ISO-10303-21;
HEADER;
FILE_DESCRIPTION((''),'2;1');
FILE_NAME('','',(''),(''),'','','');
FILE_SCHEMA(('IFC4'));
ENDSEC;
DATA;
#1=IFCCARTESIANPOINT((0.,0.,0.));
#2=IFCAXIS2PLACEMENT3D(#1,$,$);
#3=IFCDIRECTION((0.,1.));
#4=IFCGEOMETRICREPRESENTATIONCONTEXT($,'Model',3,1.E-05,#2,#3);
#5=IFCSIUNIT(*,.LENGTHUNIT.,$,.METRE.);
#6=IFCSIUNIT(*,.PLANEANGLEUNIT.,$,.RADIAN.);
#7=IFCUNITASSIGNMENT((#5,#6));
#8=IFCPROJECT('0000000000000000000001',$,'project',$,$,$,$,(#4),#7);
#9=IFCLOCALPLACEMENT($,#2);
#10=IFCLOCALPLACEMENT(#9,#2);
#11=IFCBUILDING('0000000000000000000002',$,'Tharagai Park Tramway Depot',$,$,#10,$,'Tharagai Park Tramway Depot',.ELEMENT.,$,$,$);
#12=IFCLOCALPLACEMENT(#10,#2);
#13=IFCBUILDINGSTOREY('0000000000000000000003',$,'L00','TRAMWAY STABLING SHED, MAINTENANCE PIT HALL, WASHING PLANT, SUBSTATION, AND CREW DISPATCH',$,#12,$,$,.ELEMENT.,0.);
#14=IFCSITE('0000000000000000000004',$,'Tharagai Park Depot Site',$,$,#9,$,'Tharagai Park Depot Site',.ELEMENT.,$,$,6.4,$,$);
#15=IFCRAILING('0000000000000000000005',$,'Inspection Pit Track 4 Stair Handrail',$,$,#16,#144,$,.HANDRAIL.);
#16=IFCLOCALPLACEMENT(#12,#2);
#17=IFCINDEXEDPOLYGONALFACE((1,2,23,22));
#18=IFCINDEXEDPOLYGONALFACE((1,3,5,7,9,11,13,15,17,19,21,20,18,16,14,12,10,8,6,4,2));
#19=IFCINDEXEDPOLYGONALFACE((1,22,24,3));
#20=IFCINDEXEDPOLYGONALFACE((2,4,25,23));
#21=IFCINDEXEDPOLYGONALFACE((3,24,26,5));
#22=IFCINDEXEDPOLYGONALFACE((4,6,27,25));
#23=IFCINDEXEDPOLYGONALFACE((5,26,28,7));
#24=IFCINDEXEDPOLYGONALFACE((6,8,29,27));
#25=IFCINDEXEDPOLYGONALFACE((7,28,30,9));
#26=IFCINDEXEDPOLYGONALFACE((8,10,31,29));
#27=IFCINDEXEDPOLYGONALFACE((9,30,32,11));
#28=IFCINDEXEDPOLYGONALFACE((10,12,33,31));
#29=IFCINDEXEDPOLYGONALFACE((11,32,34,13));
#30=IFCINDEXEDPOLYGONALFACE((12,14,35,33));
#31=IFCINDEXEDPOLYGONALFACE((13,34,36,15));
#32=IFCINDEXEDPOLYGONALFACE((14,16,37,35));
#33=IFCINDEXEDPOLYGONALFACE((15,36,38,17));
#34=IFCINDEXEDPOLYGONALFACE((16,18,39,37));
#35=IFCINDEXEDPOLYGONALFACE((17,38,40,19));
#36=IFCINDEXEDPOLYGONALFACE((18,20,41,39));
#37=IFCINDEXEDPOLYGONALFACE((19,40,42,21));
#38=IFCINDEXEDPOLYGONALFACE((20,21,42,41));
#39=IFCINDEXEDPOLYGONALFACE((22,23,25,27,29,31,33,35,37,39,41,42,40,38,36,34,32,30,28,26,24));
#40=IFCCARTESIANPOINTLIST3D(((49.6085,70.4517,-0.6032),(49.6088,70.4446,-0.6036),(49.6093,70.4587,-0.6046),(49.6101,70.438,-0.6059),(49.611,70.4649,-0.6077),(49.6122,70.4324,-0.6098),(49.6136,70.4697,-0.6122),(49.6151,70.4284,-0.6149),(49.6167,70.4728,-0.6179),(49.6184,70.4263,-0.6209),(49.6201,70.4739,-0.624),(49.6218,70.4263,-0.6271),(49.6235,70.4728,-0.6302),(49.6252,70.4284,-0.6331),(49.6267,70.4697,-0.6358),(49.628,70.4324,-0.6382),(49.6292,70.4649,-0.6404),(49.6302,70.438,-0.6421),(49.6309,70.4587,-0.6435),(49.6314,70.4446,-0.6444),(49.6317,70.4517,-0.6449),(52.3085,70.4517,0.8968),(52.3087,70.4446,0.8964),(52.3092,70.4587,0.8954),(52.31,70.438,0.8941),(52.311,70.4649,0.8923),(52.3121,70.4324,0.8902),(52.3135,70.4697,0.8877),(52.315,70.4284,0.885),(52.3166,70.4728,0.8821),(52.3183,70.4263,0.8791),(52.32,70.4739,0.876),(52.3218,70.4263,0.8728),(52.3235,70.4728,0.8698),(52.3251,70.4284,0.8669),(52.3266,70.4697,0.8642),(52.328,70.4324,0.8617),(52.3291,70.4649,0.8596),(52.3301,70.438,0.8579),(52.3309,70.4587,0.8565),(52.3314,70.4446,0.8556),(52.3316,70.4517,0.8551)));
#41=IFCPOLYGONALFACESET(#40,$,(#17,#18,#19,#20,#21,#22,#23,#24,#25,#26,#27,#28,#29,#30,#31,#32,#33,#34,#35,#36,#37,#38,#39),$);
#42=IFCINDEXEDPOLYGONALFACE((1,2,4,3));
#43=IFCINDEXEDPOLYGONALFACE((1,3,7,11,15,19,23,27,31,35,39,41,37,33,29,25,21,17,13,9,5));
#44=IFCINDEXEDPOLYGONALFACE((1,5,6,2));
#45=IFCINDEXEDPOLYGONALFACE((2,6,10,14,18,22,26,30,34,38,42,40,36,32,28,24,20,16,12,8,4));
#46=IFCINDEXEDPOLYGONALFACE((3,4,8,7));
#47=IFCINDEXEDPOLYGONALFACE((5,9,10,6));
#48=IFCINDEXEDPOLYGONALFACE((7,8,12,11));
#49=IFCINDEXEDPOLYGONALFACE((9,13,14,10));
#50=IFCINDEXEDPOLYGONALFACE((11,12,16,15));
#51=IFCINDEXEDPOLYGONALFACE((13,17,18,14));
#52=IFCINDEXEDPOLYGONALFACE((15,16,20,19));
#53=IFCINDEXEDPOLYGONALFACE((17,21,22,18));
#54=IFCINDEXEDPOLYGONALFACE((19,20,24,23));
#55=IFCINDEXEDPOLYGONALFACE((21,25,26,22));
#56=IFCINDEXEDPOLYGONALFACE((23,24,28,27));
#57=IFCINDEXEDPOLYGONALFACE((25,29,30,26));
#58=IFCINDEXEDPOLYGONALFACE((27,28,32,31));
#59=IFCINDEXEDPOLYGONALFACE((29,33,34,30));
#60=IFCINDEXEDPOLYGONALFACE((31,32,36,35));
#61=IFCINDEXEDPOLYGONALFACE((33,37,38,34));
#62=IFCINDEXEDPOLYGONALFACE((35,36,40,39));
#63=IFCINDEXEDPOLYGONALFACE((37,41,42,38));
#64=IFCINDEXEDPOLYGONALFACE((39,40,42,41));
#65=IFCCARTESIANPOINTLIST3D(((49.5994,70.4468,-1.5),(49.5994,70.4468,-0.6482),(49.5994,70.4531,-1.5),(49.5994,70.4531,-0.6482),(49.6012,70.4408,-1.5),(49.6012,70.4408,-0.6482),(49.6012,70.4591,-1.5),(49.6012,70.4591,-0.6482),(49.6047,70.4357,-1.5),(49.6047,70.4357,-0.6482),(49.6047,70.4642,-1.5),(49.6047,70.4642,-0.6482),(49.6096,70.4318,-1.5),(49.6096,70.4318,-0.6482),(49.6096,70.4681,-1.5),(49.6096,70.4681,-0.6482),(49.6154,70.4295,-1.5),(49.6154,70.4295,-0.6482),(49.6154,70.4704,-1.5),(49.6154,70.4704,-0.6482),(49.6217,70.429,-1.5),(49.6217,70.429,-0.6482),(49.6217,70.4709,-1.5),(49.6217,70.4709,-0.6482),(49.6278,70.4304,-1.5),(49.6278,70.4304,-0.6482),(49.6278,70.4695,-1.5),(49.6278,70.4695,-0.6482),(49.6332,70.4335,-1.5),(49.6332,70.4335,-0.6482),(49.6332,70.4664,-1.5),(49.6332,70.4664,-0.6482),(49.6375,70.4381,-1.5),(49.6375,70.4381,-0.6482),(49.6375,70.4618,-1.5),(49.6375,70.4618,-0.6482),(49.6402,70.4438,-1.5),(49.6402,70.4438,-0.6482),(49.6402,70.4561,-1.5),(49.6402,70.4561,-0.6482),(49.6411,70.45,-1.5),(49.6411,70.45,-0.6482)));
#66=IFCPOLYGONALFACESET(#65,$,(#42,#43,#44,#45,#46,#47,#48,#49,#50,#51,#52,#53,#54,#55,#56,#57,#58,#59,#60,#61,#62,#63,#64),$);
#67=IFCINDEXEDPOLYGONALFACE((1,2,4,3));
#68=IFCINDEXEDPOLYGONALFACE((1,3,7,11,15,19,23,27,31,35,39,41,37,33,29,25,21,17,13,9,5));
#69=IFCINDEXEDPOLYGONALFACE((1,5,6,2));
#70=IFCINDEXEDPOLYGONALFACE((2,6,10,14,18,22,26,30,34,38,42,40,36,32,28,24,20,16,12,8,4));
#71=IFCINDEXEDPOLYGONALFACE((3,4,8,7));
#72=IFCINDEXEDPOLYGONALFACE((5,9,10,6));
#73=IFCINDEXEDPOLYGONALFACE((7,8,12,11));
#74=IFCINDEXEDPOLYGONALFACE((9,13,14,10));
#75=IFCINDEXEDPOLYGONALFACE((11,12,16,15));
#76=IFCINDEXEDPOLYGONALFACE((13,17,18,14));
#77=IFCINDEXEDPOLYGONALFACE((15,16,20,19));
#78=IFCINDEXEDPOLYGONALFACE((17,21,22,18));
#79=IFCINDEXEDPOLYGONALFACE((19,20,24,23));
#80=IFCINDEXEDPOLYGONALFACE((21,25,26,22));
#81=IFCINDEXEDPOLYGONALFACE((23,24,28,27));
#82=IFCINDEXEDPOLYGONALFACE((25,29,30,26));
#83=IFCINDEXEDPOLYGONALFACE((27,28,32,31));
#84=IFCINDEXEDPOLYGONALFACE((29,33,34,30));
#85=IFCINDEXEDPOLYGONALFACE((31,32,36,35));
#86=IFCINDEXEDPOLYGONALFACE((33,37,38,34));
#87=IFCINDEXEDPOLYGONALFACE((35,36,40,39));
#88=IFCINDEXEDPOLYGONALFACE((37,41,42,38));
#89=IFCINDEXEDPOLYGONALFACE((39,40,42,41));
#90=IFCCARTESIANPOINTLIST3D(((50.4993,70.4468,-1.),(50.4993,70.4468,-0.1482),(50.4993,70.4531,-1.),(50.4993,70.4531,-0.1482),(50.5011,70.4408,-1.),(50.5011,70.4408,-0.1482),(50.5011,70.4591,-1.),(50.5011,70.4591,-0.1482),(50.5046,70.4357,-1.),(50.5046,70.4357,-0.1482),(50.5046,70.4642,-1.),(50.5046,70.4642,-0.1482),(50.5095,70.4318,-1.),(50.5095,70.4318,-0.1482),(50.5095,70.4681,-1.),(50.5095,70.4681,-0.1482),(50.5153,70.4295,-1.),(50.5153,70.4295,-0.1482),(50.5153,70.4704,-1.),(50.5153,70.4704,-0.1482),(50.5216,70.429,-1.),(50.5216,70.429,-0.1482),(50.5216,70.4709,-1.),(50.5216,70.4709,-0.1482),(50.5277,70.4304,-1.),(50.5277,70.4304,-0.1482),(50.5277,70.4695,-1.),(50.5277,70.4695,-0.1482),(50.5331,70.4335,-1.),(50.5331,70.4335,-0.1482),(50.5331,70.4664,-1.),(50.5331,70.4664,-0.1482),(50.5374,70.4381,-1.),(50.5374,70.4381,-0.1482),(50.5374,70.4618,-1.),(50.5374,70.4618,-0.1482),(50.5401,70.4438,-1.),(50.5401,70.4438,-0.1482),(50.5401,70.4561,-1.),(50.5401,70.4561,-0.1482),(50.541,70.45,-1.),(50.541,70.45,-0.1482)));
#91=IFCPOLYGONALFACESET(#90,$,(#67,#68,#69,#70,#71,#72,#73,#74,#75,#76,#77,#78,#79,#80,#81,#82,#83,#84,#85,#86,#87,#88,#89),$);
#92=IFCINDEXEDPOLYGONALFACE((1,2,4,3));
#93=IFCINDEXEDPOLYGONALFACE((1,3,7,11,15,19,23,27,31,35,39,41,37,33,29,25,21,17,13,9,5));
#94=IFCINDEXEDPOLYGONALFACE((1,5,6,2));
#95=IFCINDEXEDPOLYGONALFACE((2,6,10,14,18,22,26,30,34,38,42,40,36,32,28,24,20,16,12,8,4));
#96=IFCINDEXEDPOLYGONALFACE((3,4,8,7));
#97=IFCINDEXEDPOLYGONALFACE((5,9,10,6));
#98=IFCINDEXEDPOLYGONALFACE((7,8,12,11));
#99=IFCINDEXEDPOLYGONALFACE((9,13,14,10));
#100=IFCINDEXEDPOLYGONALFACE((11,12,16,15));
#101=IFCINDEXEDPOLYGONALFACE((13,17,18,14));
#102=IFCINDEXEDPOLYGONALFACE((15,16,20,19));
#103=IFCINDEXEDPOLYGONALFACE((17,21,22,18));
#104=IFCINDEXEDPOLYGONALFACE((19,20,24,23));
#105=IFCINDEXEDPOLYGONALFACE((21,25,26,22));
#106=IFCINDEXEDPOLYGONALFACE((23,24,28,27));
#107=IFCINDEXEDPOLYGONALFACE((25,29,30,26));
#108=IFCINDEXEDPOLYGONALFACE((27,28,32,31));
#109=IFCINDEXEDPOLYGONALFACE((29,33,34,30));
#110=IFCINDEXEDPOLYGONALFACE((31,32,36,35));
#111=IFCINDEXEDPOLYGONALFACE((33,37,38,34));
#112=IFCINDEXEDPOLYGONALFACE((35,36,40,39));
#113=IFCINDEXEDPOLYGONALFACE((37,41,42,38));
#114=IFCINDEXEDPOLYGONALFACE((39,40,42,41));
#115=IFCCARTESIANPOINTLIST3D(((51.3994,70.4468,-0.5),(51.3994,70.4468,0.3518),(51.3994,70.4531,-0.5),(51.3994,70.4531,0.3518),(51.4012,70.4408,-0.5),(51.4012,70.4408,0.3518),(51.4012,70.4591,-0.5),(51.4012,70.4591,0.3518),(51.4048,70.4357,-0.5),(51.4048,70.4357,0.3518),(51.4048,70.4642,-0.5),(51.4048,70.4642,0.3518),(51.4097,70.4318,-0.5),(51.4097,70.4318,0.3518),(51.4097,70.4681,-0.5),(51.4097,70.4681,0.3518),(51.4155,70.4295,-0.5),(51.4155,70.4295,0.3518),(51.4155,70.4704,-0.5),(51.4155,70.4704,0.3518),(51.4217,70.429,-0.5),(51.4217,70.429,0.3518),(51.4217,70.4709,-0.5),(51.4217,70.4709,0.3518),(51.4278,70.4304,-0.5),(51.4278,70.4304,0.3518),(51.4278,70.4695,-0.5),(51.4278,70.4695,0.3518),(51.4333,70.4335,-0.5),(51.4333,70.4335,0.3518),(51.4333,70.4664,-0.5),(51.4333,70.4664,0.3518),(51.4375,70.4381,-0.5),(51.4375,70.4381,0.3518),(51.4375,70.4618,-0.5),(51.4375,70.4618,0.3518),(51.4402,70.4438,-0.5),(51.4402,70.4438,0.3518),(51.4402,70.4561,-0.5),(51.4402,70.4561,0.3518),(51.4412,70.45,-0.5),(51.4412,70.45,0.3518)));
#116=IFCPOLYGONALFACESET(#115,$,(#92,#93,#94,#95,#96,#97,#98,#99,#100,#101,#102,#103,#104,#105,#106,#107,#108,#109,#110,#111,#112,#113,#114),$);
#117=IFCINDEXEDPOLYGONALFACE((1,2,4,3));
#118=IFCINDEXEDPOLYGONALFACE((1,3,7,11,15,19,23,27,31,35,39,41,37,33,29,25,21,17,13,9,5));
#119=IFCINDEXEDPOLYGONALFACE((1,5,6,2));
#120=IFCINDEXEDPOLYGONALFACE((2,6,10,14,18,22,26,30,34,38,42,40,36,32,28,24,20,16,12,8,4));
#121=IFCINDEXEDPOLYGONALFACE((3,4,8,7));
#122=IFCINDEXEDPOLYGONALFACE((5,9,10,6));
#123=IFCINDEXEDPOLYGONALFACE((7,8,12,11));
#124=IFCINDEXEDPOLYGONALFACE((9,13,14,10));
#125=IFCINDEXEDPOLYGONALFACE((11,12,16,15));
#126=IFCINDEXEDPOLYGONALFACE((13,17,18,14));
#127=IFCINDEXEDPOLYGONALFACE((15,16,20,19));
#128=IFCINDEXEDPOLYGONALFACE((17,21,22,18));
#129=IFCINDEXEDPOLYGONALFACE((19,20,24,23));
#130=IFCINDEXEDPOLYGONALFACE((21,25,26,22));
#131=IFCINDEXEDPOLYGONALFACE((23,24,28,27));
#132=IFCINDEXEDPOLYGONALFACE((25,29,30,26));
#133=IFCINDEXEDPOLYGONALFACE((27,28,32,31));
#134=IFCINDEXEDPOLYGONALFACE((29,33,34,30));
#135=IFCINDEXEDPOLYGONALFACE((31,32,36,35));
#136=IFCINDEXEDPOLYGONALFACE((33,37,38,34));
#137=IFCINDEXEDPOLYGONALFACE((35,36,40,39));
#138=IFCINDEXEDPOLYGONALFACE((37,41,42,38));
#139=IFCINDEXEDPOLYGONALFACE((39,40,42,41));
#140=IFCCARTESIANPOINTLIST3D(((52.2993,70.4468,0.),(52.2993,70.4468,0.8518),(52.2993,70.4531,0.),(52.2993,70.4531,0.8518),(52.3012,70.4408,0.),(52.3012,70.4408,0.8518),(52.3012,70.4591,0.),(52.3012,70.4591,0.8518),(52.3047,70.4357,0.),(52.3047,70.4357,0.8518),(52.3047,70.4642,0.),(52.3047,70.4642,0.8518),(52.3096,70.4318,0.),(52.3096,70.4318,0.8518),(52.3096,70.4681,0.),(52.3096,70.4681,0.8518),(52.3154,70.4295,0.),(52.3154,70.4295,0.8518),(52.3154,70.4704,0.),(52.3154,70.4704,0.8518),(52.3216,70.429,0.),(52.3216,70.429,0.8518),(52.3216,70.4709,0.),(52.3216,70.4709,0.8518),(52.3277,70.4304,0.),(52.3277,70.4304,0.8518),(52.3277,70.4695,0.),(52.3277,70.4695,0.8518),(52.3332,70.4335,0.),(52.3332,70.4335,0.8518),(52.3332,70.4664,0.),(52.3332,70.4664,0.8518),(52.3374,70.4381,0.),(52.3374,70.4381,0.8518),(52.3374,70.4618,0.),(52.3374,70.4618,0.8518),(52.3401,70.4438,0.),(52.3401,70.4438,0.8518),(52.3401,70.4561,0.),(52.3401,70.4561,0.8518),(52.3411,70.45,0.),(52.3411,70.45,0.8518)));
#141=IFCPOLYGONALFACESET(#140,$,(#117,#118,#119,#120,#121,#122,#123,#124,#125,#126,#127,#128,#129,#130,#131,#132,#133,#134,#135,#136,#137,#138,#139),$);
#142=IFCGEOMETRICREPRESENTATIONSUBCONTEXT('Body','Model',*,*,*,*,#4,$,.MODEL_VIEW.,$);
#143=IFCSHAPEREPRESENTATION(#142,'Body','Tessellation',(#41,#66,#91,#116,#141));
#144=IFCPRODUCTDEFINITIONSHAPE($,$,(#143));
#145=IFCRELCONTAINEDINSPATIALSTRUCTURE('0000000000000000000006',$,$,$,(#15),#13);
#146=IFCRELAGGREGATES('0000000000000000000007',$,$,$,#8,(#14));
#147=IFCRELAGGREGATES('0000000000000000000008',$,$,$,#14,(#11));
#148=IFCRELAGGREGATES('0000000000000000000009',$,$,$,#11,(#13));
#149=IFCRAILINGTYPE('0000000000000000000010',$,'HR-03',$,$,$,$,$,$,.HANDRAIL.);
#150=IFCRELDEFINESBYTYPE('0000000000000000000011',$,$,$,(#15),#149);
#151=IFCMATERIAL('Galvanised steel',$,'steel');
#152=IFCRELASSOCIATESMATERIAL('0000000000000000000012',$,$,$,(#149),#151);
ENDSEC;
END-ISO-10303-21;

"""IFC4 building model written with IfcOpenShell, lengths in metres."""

from ifc_helpers import new_model, si_unit, direction, frame, origin, origin_2d, place, context, subcontext, project, spatial, circle, extrude, material, type_object, element, save


model = new_model("IFC4")

# Units and contexts
model_context = context("Model", 3, precision=1e-05, world=origin(), true_north=direction((0.0, 1.0)))
body_context = subcontext(model_context, "Body", "Model", "MODEL_VIEW")
ifc_project = project(units=[si_unit("LENGTHUNIT", "METRE"), si_unit("PLANEANGLEUNIT", "RADIAN")], contexts=[model_context])

# Site, building, storey
site_placement = place(None, origin())
site = spatial("IfcSite", under=ifc_project, at=site_placement, Name="Tharagai Park Depot Site", LongName="Tharagai Park Depot Site", CompositionType="ELEMENT", RefElevation=6.4)
building_placement = place(site_placement, origin())
building = spatial("IfcBuilding", under=site, at=building_placement, Name="Tharagai Park Tramway Depot", LongName="Tharagai Park Tramway Depot", CompositionType="ELEMENT")
storey_placement = place(building_placement, origin())
storey = spatial("IfcBuildingStorey", under=building, at=storey_placement, Name="L00", Description="TRAMWAY STABLING SHED, MAINTENANCE PIT HALL, WASHING PLANT, SUBSTATION, AND CREW DISPATCH", CompositionType="ELEMENT", Elevation=0.0)

# Railing
ifc_material_1 = material(Name="Galvanised steel", Category="steel")
railing_type_1 = type_object("IfcRailingType", Name="HR-03", PredefinedType="HANDRAIL", material=ifc_material_1)
for number, where, name in (
    (1, (49.6201, 70.45, -1.5), "Inspection Pit Track 4 Stair Handrail"),
):
    element("IfcRailing", number, at=place(storey_placement, frame(where)), inside=storey, type_object=railing_type_1, Name=name, PredefinedType="HANDRAIL", context=body_context, shape_type="SweptSolid", body=[
        extrude(circle(Radius=0.0239, at=origin_2d()), frame((0.0, 0.0, 0.876), z_axis=(0.874154, 0.0, 0.48565), x_axis=(0.0, 1.0, 0.0)), (0.0, 0.0, 1.0), 3.0886),
        extrude(circle(Radius=0.021, at=origin_2d()), origin(), (0.0, 0.0, 1.0), 0.8518),
        extrude(circle(Radius=0.021, at=origin_2d()), frame((0.8999, 0.0, 0.5)), (0.0, 0.0, 1.0), 0.8518),
        extrude(circle(Radius=0.021, at=origin_2d()), frame((1.8, 0.0, 1.0)), (0.0, 0.0, 1.0), 0.8518),
        extrude(circle(Radius=0.021, at=origin_2d()), frame((2.7, 0.0, 1.5)), (0.0, 0.0, 1.0), 0.8518),
    ])

save(model, "model.ifc")
